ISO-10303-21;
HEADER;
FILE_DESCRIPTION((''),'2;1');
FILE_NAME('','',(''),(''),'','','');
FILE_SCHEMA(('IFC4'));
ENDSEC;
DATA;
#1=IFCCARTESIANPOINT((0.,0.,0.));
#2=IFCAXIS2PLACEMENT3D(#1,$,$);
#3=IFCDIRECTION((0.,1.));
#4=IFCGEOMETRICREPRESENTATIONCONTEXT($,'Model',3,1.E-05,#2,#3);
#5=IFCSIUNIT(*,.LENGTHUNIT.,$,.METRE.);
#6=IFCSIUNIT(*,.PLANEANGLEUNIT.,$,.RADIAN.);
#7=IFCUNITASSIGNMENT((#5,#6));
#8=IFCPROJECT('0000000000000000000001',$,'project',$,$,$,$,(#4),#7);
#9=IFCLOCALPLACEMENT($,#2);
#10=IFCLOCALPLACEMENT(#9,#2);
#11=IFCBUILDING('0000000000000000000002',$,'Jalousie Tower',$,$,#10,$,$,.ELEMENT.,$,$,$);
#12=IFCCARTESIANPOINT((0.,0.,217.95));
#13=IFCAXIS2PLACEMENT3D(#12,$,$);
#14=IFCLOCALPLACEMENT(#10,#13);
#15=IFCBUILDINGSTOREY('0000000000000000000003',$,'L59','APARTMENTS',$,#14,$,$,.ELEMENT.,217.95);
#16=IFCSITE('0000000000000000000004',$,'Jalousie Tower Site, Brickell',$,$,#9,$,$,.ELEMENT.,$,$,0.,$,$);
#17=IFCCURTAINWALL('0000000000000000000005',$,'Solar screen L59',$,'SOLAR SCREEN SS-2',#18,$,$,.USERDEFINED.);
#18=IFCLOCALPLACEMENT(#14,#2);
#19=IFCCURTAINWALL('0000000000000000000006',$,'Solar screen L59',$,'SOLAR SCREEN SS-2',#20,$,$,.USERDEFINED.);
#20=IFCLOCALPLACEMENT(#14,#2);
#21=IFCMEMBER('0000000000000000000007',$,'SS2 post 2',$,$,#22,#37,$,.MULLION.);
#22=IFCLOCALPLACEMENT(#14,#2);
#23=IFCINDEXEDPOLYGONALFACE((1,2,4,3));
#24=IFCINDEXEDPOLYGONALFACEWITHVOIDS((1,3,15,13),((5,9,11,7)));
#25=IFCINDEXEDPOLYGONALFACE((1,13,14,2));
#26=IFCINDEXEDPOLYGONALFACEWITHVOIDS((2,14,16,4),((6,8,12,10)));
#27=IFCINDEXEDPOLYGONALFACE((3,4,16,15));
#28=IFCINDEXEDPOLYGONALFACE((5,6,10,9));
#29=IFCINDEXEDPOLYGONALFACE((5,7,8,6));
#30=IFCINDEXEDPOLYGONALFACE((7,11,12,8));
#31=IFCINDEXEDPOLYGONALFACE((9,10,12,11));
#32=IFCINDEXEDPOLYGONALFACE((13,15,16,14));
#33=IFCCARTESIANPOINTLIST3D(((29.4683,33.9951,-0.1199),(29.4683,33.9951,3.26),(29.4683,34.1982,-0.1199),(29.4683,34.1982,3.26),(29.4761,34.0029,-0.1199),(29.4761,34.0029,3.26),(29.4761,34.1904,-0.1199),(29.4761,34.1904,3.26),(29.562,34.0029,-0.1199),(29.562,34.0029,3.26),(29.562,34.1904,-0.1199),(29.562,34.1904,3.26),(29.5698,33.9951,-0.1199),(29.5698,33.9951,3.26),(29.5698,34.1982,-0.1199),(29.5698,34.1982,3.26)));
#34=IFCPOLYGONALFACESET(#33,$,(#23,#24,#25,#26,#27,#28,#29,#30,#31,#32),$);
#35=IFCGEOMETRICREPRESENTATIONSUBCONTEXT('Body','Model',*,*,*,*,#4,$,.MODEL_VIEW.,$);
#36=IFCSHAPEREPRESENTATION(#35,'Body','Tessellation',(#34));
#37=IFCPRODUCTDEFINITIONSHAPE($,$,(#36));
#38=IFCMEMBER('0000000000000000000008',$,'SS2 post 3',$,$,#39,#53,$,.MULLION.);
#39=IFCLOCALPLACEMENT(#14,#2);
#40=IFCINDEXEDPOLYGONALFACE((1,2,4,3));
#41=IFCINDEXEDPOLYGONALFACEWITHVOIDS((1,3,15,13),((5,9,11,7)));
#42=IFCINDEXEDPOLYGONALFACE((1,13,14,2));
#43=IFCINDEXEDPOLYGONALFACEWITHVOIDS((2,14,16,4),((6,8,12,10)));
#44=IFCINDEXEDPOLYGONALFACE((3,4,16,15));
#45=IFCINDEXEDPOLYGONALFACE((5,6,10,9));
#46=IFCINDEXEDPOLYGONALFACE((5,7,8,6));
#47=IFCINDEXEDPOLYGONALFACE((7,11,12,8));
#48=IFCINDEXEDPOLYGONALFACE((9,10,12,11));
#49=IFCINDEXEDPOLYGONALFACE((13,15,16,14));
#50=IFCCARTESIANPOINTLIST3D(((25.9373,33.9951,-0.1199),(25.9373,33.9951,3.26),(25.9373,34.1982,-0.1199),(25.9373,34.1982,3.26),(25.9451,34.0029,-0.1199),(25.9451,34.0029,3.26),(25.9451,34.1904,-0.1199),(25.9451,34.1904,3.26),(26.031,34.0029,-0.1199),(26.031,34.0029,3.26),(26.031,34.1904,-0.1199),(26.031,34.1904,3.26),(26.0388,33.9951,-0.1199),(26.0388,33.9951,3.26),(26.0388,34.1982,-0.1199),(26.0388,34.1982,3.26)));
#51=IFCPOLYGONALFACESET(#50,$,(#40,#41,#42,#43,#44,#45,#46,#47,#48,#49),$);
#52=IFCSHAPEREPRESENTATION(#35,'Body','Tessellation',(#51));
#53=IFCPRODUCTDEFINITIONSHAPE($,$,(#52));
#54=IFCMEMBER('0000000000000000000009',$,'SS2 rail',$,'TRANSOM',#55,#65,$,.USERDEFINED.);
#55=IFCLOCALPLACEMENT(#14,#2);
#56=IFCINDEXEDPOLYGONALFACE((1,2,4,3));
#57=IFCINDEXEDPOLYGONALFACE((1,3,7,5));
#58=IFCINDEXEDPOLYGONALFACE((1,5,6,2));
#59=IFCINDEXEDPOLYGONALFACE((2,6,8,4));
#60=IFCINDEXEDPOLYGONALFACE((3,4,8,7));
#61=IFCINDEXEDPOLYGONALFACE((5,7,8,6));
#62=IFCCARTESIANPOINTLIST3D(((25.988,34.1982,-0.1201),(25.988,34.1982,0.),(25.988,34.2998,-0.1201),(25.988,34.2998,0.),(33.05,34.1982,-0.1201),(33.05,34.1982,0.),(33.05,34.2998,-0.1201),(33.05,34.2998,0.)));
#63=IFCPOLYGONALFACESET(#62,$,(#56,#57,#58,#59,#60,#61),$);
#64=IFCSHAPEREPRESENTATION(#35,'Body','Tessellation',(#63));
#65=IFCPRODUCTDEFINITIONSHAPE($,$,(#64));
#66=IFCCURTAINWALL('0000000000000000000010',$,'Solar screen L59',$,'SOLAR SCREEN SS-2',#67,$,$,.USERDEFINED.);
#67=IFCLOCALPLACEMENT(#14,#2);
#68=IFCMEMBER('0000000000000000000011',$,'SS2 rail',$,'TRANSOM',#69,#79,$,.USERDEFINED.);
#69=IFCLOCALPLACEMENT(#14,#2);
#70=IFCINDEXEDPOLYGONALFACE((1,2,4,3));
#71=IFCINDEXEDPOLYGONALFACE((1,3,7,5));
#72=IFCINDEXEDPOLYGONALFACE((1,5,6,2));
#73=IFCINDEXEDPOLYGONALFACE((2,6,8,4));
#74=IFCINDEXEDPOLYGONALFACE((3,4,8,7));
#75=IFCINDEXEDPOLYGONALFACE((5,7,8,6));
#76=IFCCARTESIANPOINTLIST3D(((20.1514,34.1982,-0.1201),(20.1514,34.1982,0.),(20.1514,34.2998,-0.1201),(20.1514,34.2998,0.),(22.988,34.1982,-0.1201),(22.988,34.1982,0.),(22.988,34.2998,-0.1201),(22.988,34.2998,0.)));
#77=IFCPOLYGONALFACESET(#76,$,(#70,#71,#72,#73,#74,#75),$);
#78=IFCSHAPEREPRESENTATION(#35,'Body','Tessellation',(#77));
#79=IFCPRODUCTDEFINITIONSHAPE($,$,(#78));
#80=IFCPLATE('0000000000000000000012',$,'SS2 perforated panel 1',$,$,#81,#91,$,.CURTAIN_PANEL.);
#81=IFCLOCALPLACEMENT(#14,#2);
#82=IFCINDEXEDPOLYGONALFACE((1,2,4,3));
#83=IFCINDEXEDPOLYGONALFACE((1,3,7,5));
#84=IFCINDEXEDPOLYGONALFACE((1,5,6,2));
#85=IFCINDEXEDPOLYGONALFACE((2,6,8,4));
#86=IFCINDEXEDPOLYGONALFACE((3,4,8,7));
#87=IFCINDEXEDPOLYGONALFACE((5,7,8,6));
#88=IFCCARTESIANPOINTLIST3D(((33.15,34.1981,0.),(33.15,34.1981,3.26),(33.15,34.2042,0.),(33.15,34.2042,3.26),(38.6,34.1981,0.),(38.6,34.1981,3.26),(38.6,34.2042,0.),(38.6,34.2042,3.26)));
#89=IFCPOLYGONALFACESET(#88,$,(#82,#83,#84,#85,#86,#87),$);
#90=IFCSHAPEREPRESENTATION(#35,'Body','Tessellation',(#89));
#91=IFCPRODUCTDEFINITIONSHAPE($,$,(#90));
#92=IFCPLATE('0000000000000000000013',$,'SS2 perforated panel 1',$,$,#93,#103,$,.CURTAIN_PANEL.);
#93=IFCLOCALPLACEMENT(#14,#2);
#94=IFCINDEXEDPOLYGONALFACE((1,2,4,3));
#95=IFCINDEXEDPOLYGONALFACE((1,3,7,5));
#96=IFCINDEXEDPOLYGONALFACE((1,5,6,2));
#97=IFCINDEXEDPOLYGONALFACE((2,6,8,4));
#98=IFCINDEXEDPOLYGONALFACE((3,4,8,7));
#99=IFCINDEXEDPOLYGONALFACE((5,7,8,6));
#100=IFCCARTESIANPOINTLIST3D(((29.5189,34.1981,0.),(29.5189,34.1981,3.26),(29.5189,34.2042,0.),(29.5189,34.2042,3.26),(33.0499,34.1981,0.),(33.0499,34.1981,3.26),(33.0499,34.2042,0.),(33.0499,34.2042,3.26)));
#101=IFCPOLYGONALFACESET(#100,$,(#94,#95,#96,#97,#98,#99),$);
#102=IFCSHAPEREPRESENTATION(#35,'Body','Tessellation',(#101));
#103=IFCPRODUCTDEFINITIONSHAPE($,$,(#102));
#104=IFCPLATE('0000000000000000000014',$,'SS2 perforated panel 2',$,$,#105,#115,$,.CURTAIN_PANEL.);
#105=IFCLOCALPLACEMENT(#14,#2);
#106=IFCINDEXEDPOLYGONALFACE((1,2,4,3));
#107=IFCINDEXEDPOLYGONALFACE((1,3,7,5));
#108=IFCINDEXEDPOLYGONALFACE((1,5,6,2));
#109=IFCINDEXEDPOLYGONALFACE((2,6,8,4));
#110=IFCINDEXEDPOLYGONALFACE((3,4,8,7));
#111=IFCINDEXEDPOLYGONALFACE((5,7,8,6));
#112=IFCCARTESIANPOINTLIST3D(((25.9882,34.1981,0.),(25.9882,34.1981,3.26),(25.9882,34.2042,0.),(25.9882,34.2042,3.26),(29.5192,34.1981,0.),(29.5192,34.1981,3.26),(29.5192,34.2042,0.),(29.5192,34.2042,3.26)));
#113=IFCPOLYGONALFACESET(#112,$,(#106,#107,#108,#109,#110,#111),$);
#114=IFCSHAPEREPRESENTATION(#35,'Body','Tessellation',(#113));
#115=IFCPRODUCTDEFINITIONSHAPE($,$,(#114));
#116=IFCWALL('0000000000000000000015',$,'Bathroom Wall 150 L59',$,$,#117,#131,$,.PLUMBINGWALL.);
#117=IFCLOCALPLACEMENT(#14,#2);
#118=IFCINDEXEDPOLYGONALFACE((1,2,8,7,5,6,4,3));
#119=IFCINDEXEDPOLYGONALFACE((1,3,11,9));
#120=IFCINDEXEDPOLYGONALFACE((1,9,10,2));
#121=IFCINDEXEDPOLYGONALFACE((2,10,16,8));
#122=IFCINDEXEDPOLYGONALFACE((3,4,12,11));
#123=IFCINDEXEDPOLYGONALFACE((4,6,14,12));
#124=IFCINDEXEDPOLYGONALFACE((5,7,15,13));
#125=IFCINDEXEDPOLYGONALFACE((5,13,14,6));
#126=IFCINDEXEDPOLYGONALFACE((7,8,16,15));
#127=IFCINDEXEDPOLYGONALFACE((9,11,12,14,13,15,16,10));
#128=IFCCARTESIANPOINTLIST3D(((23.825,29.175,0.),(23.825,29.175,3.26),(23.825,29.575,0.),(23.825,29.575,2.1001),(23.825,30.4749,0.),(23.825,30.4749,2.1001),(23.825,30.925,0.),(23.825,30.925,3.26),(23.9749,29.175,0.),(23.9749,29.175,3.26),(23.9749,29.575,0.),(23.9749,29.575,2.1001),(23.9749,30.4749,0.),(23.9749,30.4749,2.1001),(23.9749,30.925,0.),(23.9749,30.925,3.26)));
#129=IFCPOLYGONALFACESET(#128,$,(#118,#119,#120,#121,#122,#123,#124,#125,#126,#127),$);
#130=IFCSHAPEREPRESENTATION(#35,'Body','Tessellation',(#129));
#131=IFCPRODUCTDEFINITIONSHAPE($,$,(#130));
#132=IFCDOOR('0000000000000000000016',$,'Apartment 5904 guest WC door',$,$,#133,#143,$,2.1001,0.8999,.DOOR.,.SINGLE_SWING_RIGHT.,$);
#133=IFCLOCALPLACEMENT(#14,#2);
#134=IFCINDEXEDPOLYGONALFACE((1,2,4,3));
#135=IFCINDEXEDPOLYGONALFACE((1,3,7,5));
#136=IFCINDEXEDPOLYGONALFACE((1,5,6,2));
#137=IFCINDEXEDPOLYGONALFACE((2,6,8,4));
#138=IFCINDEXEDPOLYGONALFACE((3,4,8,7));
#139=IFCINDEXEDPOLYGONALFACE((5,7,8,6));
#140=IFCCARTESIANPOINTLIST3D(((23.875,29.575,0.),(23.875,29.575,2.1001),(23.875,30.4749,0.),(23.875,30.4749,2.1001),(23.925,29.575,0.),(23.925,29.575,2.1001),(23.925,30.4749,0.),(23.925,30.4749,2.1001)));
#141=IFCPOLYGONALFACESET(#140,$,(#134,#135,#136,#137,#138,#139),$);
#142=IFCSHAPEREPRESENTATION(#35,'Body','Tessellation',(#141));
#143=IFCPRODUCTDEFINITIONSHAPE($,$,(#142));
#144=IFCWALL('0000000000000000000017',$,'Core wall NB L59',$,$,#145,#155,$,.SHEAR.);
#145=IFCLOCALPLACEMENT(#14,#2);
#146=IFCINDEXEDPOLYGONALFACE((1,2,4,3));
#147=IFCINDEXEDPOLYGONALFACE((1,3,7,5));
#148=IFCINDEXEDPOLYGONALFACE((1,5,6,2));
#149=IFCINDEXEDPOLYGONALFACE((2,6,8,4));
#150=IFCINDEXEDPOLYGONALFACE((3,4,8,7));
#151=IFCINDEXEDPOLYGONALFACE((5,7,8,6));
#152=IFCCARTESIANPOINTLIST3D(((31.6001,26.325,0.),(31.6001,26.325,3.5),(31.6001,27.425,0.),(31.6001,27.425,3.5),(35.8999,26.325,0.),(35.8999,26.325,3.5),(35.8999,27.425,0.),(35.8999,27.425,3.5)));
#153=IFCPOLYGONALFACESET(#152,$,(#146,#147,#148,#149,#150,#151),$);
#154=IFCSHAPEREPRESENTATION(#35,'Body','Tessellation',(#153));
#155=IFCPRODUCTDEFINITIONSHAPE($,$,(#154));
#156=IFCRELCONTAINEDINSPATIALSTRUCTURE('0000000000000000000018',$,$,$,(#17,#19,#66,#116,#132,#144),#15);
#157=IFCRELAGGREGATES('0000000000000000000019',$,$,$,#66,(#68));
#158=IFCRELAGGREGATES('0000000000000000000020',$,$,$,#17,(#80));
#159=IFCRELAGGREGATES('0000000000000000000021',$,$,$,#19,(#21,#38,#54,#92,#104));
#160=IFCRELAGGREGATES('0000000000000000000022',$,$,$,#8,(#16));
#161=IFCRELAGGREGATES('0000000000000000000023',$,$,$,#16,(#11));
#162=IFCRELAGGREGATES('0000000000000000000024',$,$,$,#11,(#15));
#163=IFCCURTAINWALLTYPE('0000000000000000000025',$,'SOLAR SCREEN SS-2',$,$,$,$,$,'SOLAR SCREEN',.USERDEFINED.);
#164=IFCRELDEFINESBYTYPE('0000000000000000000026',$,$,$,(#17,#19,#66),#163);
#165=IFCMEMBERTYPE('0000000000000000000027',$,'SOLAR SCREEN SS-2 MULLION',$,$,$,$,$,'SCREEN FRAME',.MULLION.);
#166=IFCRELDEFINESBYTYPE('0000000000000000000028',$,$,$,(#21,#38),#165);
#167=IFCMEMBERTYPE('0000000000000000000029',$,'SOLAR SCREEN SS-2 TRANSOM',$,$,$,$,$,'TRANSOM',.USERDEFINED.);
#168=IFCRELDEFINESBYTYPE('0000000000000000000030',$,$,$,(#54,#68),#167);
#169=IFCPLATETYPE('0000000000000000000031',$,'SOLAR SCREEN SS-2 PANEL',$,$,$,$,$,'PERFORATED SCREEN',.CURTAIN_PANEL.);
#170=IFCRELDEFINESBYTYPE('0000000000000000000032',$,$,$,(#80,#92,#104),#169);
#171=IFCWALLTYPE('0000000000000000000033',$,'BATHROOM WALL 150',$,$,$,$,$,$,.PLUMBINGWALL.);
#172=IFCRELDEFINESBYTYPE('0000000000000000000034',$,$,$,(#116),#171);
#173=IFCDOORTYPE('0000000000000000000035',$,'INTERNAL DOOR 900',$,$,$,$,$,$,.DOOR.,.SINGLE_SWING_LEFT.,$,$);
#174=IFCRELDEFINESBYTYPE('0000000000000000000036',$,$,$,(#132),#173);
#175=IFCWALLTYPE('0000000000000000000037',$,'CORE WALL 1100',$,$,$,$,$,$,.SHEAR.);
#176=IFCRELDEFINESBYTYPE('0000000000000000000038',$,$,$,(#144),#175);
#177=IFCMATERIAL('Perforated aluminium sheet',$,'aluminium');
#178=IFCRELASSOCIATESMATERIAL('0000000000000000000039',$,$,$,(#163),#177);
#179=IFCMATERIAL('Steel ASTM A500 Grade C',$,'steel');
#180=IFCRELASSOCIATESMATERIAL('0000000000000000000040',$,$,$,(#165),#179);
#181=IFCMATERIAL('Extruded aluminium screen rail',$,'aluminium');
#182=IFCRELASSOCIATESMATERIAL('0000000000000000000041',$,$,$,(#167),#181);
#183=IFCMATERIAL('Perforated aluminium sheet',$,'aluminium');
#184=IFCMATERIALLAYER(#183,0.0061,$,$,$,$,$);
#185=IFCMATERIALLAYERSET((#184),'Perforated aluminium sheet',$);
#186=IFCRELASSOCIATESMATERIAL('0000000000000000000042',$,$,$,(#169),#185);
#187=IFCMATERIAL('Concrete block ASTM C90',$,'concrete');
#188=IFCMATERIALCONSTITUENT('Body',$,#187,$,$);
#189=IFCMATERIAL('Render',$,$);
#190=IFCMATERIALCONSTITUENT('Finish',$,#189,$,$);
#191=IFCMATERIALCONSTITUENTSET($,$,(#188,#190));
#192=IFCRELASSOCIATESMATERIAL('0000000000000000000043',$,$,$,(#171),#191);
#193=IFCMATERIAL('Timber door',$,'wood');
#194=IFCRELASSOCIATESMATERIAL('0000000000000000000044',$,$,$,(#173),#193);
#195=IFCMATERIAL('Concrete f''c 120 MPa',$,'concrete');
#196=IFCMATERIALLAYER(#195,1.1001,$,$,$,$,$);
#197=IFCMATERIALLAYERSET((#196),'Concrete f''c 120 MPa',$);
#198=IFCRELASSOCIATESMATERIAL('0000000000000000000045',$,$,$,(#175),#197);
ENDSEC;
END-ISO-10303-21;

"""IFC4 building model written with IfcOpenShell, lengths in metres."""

from ifc_helpers import new_model, si_unit, direction, frame, frame_2d, origin, origin_2d, place, context, subcontext, project, spatial, rectangle, hollow_rectangle, extrude, material, layer, layer_set, constituent, constituent_set, material_profile, profile_set, type_object, element, fill, aggregate, save


model = new_model("IFC4")

# Units and contexts
model_context = context("Model", 3, precision=1e-05, world=origin(), true_north=direction((0.0, 1.0)))
body_context = subcontext(model_context, "Body", "Model", "MODEL_VIEW")
ifc_project = project(units=[si_unit("LENGTHUNIT", "METRE"), si_unit("PLANEANGLEUNIT", "RADIAN")], contexts=[model_context])

# Site, building, storey
site_placement = place(None, origin())
site = spatial("IfcSite", under=ifc_project, at=site_placement, Name="Jalousie Tower Site, Brickell", CompositionType="ELEMENT", RefElevation=0.0)
building_placement = place(site_placement, origin())
building = spatial("IfcBuilding", under=site, at=building_placement, Name="Jalousie Tower", CompositionType="ELEMENT")
storey_placement = place(building_placement, frame((0.0, 0.0, 217.95)))
storey = spatial("IfcBuildingStorey", under=building, at=storey_placement, Name="L59", Description="APARTMENTS", CompositionType="ELEMENT", Elevation=217.95)

# Curtain wall
ifc_material_1 = material(Name="Perforated aluminium sheet", Category="aluminium")
curtain_wall_type = type_object("IfcCurtainWallType", Name="SOLAR SCREEN SS-2", ElementType="SOLAR SCREEN", PredefinedType="USERDEFINED", material=ifc_material_1)
curtain_wall_1_placement = place(storey_placement, origin())
curtain_wall_1 = element("IfcCurtainWall", 1, at=curtain_wall_1_placement, inside=storey, type_object=curtain_wall_type, Name="Solar screen L59", ObjectType="SOLAR SCREEN SS-2", PredefinedType="USERDEFINED")
ifc_material_2 = material(Name="Steel ASTM A500 Grade C", Category="steel")
ifc_material_profile_1 = material_profile(ifc_material_2, hollow_rectangle(XDim=0.1016, YDim=0.2031, WallThickness=0.0078, at=origin_2d()), Name="HSS8X4X5/16")
ifc_profile_set_1 = profile_set([ifc_material_profile_1], Name="Steel ASTM A500 Grade C")
member_type_1 = type_object("IfcMemberType", Name="SOLAR SCREEN SS-2 MULLION", ElementType="SCREEN FRAME", PredefinedType="MULLION", material=ifc_profile_set_1)

# Curtain wall, members
curtain_wall_2_placement = place(storey_placement, origin())
curtain_wall_2 = element("IfcCurtainWall", 2, at=curtain_wall_2_placement, inside=storey, type_object=curtain_wall_type, Name="Solar screen L59", ObjectType="SOLAR SCREEN SS-2", PredefinedType="USERDEFINED")
member_1_placement = place(storey_placement, frame((29.519, 34.0967, -0.1199), z_axis=(0.0, 0.0, 1.0), x_axis=(-1.0, 0.0, 0.0)))
member_1 = element("IfcMember", 3, at=member_1_placement, type_object=member_type_1, Name="SS2 post 2", PredefinedType="MULLION", context=body_context, shape_type="SweptSolid", body=[
    extrude(hollow_rectangle(XDim=0.1016, YDim=0.2031, WallThickness=0.0078, at=origin_2d()), origin(), (0.0, 0.0, 1.0), 3.3799),
])
member_2_placement = place(storey_placement, frame((25.988, 34.0967, -0.1199), z_axis=(0.0, 0.0, 1.0), x_axis=(-1.0, 0.0, 0.0)))
member_2 = element("IfcMember", 4, at=member_2_placement, type_object=member_type_1, Name="SS2 post 3", PredefinedType="MULLION", context=body_context, shape_type="SweptSolid", body=[
    extrude(hollow_rectangle(XDim=0.1016, YDim=0.2031, WallThickness=0.0078, at=origin_2d()), origin(), (0.0, 0.0, 1.0), 3.3799),
])
ifc_material_3 = material(Name="Extruded aluminium screen rail", Category="aluminium")
ifc_material_profile_2 = material_profile(ifc_material_3, rectangle(XDim=0.1016, YDim=0.1201, at=origin_2d()), Name="RAIL 102x120")
ifc_profile_set_2 = profile_set([ifc_material_profile_2], Name="Extruded aluminium screen rail")
member_type_2 = type_object("IfcMemberType", Name="SOLAR SCREEN SS-2 TRANSOM", ElementType="TRANSOM", PredefinedType="USERDEFINED", material=ifc_profile_set_2)
member_3_placement = place(storey_placement, frame((33.05, 34.249, -0.0601), z_axis=(-1.0, 0.0, 0.0), x_axis=(0.0, -1.0, 0.0)))
member_3 = element("IfcMember", 5, at=member_3_placement, type_object=member_type_2, Name="SS2 rail", ObjectType="TRANSOM", PredefinedType="USERDEFINED", context=body_context, shape_type="SweptSolid", body=[
    extrude(rectangle(XDim=0.1016, YDim=0.1201, at=origin_2d()), origin(), (0.0, 0.0, 1.0), 7.062),
])

# Curtain wall, member
curtain_wall_3_placement = place(storey_placement, origin())
curtain_wall_3 = element("IfcCurtainWall", 6, at=curtain_wall_3_placement, inside=storey, type_object=curtain_wall_type, Name="Solar screen L59", ObjectType="SOLAR SCREEN SS-2", PredefinedType="USERDEFINED")
member_4_placement = place(storey_placement, frame((22.988, 34.249, -0.0601), z_axis=(-1.0, 0.0, 0.0), x_axis=(0.0, -1.0, 0.0)))
member_4 = element("IfcMember", 7, at=member_4_placement, type_object=member_type_2, Name="SS2 rail", ObjectType="TRANSOM", PredefinedType="USERDEFINED", context=body_context, shape_type="SweptSolid", body=[
    extrude(rectangle(XDim=0.1016, YDim=0.1201, at=origin_2d()), origin(), (0.0, 0.0, 1.0), 2.8367),
])
aggregate(curtain_wall_3, [member_4])

# Plates
ifc_material_4 = material(Name="Perforated aluminium sheet", Category="aluminium")
ifc_layer_1 = layer(ifc_material_4, 0.0061)
ifc_layer_set_1 = layer_set([ifc_layer_1], Name="Perforated aluminium sheet")
plate_type = type_object("IfcPlateType", Name="SOLAR SCREEN SS-2 PANEL", ElementType="PERFORATED SCREEN", PredefinedType="CURTAIN_PANEL", material=ifc_layer_set_1)
plate_1_placement = place(storey_placement, frame((35.875, 34.2012, 0.0), z_axis=(0.0, 0.0, 1.0), x_axis=(-1.0, 0.0, 0.0)))
plate_1 = element("IfcPlate", 8, at=plate_1_placement, type_object=plate_type, Name="SS2 perforated panel 1", PredefinedType="CURTAIN_PANEL", context=body_context, shape_type="SweptSolid", body=[
    extrude(rectangle(XDim=5.45, YDim=0.0061, at=origin_2d()), origin(), (0.0, 0.0, 1.0), 3.26),
])
aggregate(curtain_wall_1, [plate_1])
plate_2_placement = place(storey_placement, frame((31.2844, 34.2012, 0.0), z_axis=(0.0, 0.0, 1.0), x_axis=(-1.0, 0.0, 0.0)))
plate_2 = element("IfcPlate", 9, at=plate_2_placement, type_object=plate_type, Name="SS2 perforated panel 1", PredefinedType="CURTAIN_PANEL", context=body_context, shape_type="SweptSolid", body=[
    extrude(rectangle(XDim=3.531, YDim=0.0061, at=origin_2d()), origin(), (0.0, 0.0, 1.0), 3.26),
])
plate_3_placement = place(storey_placement, frame((27.7537, 34.2012, 0.0), z_axis=(0.0, 0.0, 1.0), x_axis=(-1.0, 0.0, 0.0)))
plate_3 = element("IfcPlate", 10, at=plate_3_placement, type_object=plate_type, Name="SS2 perforated panel 2", PredefinedType="CURTAIN_PANEL", context=body_context, shape_type="SweptSolid", body=[
    extrude(rectangle(XDim=3.531, YDim=0.0061, at=origin_2d()), origin(), (0.0, 0.0, 1.0), 3.26),
])
aggregate(curtain_wall_2, [member_1, member_2, member_3, plate_2, plate_3])

# Wall, opening, door
ifc_material_5 = material(Name="Concrete block ASTM C90", Category="concrete")
ifc_constituent_1 = constituent(ifc_material_5, Name="Body")
ifc_material_6 = material(Name="Render")
ifc_constituent_2 = constituent(ifc_material_6, Name="Finish")
ifc_constituent_set_1 = constituent_set(constituents=[ifc_constituent_1, ifc_constituent_2])
wall_type_1 = type_object("IfcWallType", Name="BATHROOM WALL 150", PredefinedType="PLUMBINGWALL", material=ifc_constituent_set_1)
wall_1_placement = place(storey_placement, frame((23.8999, 29.175, 0.0), z_axis=(0.0, 0.0, 1.0), x_axis=(0.0, 1.0, 0.0)))
wall_1 = element("IfcWall", 11, at=wall_1_placement, inside=storey, type_object=wall_type_1, Name="Bathroom Wall 150 L59", PredefinedType="PLUMBINGWALL", context=body_context, shape_type="SweptSolid", body=[
    extrude(rectangle(XDim=1.75, YDim=0.1499, at=frame_2d((0.875, 0.0))), origin(), (0.0, 0.0, 1.0), 3.26),
])
opening_1_placement = place(wall_1_placement, frame((0.3999, 0.0, 0.0)))
opening_1 = element("IfcOpeningElement", 12, at=opening_1_placement, cuts=wall_1, PredefinedType="OPENING", context=body_context, shape_type="SweptSolid", body=[
    extrude(rectangle(XDim=0.8999, YDim=2.1001, at=frame_2d((0.45, 1.05))), frame((0.0, 0.085, 0.0), z_axis=(0.0, -1.0, 0.0), x_axis=(1.0, 0.0, 0.0)), (0.0, 0.0, 1.0), 0.1699),
])
ifc_material_7 = material(Name="Timber door", Category="wood")
door_type_1 = type_object("IfcDoorType", Name="INTERNAL DOOR 900", OperationType="SINGLE_SWING_LEFT", PredefinedType="DOOR", material=ifc_material_7)
door_1_placement = place(opening_1_placement, origin())
door_1 = element("IfcDoor", 13, at=door_1_placement, inside=storey, type_object=door_type_1, Name="Apartment 5904 guest WC door", OperationType="SINGLE_SWING_RIGHT", OverallHeight=2.1001, OverallWidth=0.8999, PredefinedType="DOOR", context=body_context, shape_type="SweptSolid", body=[
    extrude(rectangle(XDim=0.8999, YDim=2.1001, at=frame_2d((0.45, 1.05))), frame((0.0, 0.0249, 0.0), z_axis=(0.0, -1.0, 0.0), x_axis=(1.0, 0.0, 0.0)), (0.0, 0.0, 1.0), 0.05),
])
fill(opening_1, door_1)

# Wall
ifc_material_8 = material(Name="Concrete f'c 120 MPa", Category="concrete")
ifc_layer_2 = layer(ifc_material_8, 1.1001)
ifc_layer_set_2 = layer_set([ifc_layer_2], Name="Concrete f'c 120 MPa")
wall_type_2 = type_object("IfcWallType", Name="CORE WALL 1100", PredefinedType="SHEAR", material=ifc_layer_set_2)
wall_2_placement = place(storey_placement, frame((35.8999, 26.875, 0.0), z_axis=(0.0, 0.0, 1.0), x_axis=(-1.0, 0.0, 0.0)))
element("IfcWall", 14, at=wall_2_placement, inside=storey, type_object=wall_type_2, Name="Core wall NB L59", PredefinedType="SHEAR", context=body_context, shape_type="SweptSolid", body=[
    extrude(rectangle(XDim=4.2998, YDim=1.1001, at=frame_2d((2.1499, 0.0))), origin(), (0.0, 0.0, 1.0), 3.5),
])

save(model, "model.ifc")
